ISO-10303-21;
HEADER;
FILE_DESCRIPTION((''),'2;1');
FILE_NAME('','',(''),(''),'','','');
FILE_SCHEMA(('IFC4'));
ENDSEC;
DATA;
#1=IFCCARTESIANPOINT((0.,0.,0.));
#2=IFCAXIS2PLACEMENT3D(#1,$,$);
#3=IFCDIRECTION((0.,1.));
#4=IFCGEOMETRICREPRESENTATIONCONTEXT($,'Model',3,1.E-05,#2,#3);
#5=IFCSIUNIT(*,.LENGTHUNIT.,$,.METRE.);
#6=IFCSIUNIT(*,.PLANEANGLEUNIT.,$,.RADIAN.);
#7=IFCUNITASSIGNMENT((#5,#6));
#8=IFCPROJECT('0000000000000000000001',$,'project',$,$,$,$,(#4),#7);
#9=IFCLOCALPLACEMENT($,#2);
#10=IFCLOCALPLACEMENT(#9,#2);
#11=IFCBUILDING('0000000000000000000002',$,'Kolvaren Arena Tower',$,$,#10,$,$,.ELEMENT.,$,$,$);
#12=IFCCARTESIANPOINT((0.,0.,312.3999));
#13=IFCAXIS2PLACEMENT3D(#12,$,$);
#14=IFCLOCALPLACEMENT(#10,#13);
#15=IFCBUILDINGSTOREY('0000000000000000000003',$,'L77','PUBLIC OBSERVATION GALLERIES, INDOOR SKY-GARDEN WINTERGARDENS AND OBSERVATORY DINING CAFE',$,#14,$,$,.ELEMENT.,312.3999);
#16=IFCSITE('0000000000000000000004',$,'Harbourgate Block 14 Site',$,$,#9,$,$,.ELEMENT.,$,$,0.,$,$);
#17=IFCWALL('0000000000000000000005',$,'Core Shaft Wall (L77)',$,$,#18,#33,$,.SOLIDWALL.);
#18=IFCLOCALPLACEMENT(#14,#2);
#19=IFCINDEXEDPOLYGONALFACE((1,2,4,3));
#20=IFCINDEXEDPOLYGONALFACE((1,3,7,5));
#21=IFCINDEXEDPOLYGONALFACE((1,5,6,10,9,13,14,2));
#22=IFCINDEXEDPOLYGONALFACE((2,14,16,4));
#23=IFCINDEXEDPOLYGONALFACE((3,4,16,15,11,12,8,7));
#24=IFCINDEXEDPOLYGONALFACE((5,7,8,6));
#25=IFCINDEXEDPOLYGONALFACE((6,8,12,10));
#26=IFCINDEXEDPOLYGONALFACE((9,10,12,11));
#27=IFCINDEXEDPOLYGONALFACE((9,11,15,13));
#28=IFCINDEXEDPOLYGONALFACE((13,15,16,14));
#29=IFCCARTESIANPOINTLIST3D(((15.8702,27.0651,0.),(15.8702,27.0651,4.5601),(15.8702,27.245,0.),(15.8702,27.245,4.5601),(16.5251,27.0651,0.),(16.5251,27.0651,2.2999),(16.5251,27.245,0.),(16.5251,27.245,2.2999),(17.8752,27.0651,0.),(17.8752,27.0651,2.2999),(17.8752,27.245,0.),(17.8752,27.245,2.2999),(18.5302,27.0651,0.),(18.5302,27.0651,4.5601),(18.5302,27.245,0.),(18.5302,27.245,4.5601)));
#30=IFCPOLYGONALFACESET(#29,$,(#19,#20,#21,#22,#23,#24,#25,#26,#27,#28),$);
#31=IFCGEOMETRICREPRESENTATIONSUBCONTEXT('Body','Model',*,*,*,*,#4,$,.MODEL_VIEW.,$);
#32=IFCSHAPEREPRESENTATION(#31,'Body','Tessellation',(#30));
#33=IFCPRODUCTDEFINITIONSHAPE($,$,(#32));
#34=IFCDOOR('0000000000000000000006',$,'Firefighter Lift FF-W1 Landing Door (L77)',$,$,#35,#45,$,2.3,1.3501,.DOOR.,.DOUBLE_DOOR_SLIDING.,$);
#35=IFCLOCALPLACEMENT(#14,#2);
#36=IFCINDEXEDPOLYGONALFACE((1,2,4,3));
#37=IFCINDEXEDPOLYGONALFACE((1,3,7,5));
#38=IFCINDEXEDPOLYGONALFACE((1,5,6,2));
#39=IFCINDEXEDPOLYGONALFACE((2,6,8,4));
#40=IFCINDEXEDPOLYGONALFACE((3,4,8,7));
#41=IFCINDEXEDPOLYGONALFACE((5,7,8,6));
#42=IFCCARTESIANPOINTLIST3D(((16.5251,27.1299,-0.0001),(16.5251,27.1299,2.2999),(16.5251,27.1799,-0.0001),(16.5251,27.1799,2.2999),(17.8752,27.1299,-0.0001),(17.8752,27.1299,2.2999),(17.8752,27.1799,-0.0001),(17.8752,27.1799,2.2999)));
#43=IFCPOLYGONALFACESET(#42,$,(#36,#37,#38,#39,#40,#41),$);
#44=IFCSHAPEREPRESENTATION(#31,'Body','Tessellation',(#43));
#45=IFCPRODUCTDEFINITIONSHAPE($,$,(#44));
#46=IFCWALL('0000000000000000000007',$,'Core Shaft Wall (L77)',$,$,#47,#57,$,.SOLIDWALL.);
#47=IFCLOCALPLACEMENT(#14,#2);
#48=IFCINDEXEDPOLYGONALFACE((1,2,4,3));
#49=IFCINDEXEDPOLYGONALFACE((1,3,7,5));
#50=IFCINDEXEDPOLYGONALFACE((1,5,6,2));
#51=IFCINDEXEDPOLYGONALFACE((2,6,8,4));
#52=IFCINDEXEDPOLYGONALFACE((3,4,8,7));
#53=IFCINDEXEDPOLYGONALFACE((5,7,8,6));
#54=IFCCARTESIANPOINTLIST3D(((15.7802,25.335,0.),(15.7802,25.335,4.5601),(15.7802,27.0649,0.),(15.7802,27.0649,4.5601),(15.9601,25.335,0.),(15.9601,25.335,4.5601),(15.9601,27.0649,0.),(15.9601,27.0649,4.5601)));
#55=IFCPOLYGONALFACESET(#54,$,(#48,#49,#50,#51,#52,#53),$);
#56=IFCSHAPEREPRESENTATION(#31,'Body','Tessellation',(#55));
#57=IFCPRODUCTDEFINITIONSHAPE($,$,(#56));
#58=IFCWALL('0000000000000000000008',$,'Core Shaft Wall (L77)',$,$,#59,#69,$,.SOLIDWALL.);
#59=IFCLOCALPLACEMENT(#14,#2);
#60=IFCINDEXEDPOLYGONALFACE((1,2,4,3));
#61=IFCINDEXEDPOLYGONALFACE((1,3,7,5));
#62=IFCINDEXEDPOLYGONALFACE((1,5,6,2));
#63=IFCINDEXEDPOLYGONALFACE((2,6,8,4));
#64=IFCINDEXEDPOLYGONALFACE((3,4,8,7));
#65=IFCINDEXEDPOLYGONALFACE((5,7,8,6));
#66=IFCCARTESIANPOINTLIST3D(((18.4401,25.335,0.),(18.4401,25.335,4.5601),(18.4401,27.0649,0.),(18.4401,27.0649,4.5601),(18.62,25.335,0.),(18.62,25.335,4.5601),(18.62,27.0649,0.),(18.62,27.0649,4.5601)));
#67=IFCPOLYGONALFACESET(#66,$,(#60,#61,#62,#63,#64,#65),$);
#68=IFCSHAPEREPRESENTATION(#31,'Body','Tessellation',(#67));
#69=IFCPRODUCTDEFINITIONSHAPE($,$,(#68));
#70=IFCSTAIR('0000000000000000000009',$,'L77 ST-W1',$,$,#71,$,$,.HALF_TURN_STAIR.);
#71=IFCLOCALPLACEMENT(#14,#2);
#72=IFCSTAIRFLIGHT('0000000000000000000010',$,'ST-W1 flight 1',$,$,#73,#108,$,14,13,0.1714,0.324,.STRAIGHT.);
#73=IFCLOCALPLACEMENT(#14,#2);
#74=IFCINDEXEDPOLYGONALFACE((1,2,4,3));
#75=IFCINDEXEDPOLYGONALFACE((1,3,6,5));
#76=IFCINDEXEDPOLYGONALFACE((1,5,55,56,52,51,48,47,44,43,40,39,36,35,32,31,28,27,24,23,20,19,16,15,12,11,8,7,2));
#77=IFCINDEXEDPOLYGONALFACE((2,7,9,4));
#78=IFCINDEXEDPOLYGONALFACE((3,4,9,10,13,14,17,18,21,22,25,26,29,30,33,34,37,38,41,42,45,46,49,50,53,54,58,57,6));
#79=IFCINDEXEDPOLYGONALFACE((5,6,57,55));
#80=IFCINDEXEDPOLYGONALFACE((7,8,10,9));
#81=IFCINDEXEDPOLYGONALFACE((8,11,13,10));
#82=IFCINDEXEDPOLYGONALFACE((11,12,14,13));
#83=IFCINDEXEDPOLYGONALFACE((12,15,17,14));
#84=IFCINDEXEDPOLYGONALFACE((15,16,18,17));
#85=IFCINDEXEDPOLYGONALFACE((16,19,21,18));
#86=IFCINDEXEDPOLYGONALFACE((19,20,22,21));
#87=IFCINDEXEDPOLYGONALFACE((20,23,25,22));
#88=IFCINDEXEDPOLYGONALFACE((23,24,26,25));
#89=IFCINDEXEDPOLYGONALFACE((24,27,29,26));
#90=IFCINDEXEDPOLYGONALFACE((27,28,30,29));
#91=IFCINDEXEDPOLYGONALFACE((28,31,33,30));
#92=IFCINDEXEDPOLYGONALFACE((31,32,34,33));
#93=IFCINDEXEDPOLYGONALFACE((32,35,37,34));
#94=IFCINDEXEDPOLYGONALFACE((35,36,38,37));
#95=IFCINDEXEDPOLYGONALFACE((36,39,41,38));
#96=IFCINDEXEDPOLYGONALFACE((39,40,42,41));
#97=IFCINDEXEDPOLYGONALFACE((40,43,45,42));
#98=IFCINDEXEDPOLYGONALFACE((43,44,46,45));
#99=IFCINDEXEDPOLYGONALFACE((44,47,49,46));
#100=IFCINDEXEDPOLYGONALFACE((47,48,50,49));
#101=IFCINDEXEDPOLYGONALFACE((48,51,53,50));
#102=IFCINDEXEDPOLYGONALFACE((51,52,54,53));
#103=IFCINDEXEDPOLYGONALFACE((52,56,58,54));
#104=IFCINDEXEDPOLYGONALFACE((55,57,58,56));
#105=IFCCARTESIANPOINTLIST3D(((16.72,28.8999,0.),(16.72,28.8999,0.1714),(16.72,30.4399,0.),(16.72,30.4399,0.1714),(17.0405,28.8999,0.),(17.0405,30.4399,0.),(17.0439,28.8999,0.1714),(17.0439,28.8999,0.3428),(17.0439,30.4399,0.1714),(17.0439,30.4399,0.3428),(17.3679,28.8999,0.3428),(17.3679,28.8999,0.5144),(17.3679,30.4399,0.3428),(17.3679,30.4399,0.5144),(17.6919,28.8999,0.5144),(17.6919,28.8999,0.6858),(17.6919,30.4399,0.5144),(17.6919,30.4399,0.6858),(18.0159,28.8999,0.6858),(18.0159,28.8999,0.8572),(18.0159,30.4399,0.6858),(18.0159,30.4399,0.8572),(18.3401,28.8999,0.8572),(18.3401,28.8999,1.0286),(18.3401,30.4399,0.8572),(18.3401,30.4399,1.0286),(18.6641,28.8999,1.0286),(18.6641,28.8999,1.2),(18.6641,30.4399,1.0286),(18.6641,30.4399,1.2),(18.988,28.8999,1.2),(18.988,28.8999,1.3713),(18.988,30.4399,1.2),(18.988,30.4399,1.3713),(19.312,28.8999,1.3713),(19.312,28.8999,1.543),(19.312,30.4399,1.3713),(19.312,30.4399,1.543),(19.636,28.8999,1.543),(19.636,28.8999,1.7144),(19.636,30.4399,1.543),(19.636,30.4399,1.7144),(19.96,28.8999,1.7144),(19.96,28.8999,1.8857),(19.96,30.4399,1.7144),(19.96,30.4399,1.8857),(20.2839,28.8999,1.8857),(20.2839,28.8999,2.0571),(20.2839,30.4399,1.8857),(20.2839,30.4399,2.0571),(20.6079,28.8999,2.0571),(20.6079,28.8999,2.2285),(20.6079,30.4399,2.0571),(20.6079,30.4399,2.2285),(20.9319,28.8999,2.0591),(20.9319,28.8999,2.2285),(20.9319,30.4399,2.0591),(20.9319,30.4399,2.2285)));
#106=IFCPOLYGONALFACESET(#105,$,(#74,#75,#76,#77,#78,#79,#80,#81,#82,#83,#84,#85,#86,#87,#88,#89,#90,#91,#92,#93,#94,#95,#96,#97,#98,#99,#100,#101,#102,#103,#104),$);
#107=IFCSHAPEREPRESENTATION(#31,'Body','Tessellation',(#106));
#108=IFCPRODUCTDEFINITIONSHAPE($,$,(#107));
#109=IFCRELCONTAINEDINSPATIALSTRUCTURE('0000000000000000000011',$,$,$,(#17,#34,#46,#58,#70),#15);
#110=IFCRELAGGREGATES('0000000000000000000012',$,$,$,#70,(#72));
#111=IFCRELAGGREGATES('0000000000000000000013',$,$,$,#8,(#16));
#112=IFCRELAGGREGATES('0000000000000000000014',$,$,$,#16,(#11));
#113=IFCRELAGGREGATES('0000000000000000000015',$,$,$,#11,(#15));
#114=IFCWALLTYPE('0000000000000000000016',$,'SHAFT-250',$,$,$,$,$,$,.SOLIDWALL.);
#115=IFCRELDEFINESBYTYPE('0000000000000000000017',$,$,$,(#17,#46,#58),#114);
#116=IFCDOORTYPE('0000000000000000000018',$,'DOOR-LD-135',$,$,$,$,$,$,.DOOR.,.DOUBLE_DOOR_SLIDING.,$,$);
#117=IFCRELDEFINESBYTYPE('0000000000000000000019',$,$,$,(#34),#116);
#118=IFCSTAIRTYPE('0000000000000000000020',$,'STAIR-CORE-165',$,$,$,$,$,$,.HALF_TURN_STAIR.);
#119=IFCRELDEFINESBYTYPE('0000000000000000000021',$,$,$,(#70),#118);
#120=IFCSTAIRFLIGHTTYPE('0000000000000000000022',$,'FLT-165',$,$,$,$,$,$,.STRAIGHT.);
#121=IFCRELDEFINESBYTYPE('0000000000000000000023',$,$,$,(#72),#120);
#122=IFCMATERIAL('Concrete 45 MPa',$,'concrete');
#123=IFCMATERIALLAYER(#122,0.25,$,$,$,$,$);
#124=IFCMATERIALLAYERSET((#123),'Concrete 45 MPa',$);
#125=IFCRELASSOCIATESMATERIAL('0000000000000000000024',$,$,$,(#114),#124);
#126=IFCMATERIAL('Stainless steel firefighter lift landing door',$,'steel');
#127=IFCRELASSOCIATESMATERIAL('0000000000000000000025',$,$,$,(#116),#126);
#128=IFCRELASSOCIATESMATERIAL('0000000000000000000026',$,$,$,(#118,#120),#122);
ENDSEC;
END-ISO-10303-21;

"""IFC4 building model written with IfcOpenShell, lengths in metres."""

from ifc_helpers import new_model, si_unit, direction, frame, frame_2d, origin, place, context, subcontext, project, spatial, polyline, rectangle, outline, extrude, material, layer, layer_set, type_object, element, fill, aggregate, save


model = new_model("IFC4")

# Units and contexts
model_context = context("Model", 3, precision=1e-05, world=origin(), true_north=direction((0.0, 1.0)))
body_context = subcontext(model_context, "Body", "Model", "MODEL_VIEW")
ifc_project = project(units=[si_unit("LENGTHUNIT", "METRE"), si_unit("PLANEANGLEUNIT", "RADIAN")], contexts=[model_context])

# Site, building, storey
site_placement = place(None, origin())
site = spatial("IfcSite", under=ifc_project, at=site_placement, Name="Harbourgate Block 14 Site", CompositionType="ELEMENT", RefElevation=0.0)
building_placement = place(site_placement, origin())
building = spatial("IfcBuilding", under=site, at=building_placement, Name="Kolvaren Arena Tower", CompositionType="ELEMENT")
storey_placement = place(building_placement, frame((0.0, 0.0, 312.3999)))
storey = spatial("IfcBuildingStorey", under=building, at=storey_placement, Name="L77", Description="PUBLIC OBSERVATION GALLERIES, INDOOR SKY-GARDEN WINTERGARDENS AND OBSERVATORY DINING CAFE", CompositionType="ELEMENT", Elevation=312.3999)

# Shared definitions
ifc_material_1 = material(Name="Concrete 45 MPa", Category="concrete")
ifc_layer_1 = layer(ifc_material_1, 0.25)
ifc_layer_set_1 = layer_set([ifc_layer_1], Name="Concrete 45 MPa")
wall_type_1 = type_object("IfcWallType", Name="SHAFT-250", PredefinedType="SOLIDWALL", material=ifc_layer_set_1)

# Wall, opening, door
wall_1_placement = place(storey_placement, frame((15.8701, 27.155, 0.0), z_axis=(0.0, 0.0, 1.0), x_axis=(1.0, 0.0, 0.0)))
wall_1 = element("IfcWall", 1, at=wall_1_placement, inside=storey, type_object=wall_type_1, Name="Core Shaft Wall (L77)", PredefinedType="SOLIDWALL", context=body_context, shape_type="SweptSolid", body=[
    extrude(rectangle(XDim=2.6599, YDim=0.1799, at=frame_2d((1.3301, 0.0))), origin(), (0.0, 0.0, 1.0), 4.5601),
])
opening_placement = place(wall_1_placement, frame((0.655, 0.0, 0.0)))
opening = element("IfcOpeningElement", 2, at=opening_placement, cuts=wall_1, PredefinedType="OPENING", context=body_context, shape_type="SweptSolid", body=[
    extrude(rectangle(XDim=1.3501, YDim=2.3, at=frame_2d((0.675, 1.1499))), frame((0.0, 0.0999, 0.0), z_axis=(0.0, -1.0, 0.0), x_axis=(1.0, 0.0, 0.0)), (0.0, 0.0, 1.0), 0.2),
])
ifc_material_2 = material(Name="Stainless steel firefighter lift landing door", Category="steel")
door_type = type_object("IfcDoorType", Name="DOOR-LD-135", OperationType="DOUBLE_DOOR_SLIDING", PredefinedType="DOOR", material=ifc_material_2)
door_placement = place(opening_placement, origin())
door = element("IfcDoor", 3, at=door_placement, inside=storey, type_object=door_type, Name="Firefighter Lift FF-W1 Landing Door (L77)", OperationType="DOUBLE_DOOR_SLIDING", OverallHeight=2.3, OverallWidth=1.3501, PredefinedType="DOOR", context=body_context, shape_type="SweptSolid", body=[
    extrude(rectangle(XDim=1.3501, YDim=2.3, at=frame_2d((0.675, 1.1499))), frame((0.0, 0.0249, 0.0), z_axis=(0.0, -1.0, 0.0), x_axis=(1.0, 0.0, 0.0)), (0.0, 0.0, 1.0), 0.05),
])
fill(opening, door)

# Walls
for number, where, z_axis, x_axis, name in (
    (4, (15.8701, 25.335, 0.0), (0.0, 0.0, 1.0), (0.0, 1.0, 0.0), "Core Shaft Wall (L77)"),
    (5, (18.53, 25.335, 0.0), (0.0, 0.0, 1.0), (0.0, 1.0, 0.0), "Core Shaft Wall (L77)"),
):
    element("IfcWall", number, at=place(storey_placement, frame(where, z_axis=z_axis, x_axis=x_axis)), inside=storey, type_object=wall_type_1, Name=name, PredefinedType="SOLIDWALL", context=body_context, shape_type="SweptSolid", body=[
        extrude(rectangle(XDim=1.73, YDim=0.1799, at=frame_2d((0.865, 0.0))), origin(), (0.0, 0.0, 1.0), 4.5601),
    ])

# Stair, stair flight
stair_type = type_object("IfcStairType", Name="STAIR-CORE-165", PredefinedType="HALF_TURN_STAIR", material=ifc_material_1)
stair_placement = place(storey_placement, origin())
stair = element("IfcStair", 6, at=stair_placement, inside=storey, type_object=stair_type, Name="L77 ST-W1", PredefinedType="HALF_TURN_STAIR")
stair_flight_type = type_object("IfcStairFlightType", Name="FLT-165", PredefinedType="STRAIGHT", material=ifc_material_1)
stair_flight_placement = place(storey_placement, frame((16.72, 29.6699, 0.0), z_axis=(0.0, 0.0, 1.0), x_axis=(1.0, 0.0, 0.0)))
stair_flight = element("IfcStairFlight", 7, at=stair_flight_placement, type_object=stair_flight_type, Name="ST-W1 flight 1", NumberOfRisers=14, NumberOfTreads=13, PredefinedType="STRAIGHT", RiserHeight=0.1714, TreadLength=0.324, context=body_context, shape_type="SweptSolid", body=[
    extrude(outline(polyline([(0.0, 0.0), (0.0, 0.1714), (0.324, 0.1714), (0.324, 0.3428), (0.6479, 0.3428), (0.6479, 0.5144), (0.9719, 0.5144), (0.9719, 0.6858), (1.2959, 0.6858), (1.2959, 0.8572), (1.6201, 0.8572), (1.6201, 1.0286), (1.9441, 1.0286), (1.9441, 1.2), (2.2681, 1.2), (2.2681, 1.3713), (2.592, 1.3713), (2.592, 1.543), (2.916, 1.543), (2.916, 1.7144), (3.24, 1.7144), (3.24, 1.8857), (3.564, 1.8857), (3.564, 2.0571), (3.8879, 2.0571), (3.8879, 2.2285), (4.2119, 2.2285), (4.2119, 2.3999), (4.2119, 2.0591), (0.3206, 0.0), (0.0, 0.0)])), frame((0.0, 0.77, 0.0), z_axis=(0.0, -1.0, 0.0), x_axis=(1.0, 0.0, 0.0)), (0.0, 0.0, 1.0), 1.54),
])
aggregate(stair, [stair_flight])

save(model, "model.ifc")
